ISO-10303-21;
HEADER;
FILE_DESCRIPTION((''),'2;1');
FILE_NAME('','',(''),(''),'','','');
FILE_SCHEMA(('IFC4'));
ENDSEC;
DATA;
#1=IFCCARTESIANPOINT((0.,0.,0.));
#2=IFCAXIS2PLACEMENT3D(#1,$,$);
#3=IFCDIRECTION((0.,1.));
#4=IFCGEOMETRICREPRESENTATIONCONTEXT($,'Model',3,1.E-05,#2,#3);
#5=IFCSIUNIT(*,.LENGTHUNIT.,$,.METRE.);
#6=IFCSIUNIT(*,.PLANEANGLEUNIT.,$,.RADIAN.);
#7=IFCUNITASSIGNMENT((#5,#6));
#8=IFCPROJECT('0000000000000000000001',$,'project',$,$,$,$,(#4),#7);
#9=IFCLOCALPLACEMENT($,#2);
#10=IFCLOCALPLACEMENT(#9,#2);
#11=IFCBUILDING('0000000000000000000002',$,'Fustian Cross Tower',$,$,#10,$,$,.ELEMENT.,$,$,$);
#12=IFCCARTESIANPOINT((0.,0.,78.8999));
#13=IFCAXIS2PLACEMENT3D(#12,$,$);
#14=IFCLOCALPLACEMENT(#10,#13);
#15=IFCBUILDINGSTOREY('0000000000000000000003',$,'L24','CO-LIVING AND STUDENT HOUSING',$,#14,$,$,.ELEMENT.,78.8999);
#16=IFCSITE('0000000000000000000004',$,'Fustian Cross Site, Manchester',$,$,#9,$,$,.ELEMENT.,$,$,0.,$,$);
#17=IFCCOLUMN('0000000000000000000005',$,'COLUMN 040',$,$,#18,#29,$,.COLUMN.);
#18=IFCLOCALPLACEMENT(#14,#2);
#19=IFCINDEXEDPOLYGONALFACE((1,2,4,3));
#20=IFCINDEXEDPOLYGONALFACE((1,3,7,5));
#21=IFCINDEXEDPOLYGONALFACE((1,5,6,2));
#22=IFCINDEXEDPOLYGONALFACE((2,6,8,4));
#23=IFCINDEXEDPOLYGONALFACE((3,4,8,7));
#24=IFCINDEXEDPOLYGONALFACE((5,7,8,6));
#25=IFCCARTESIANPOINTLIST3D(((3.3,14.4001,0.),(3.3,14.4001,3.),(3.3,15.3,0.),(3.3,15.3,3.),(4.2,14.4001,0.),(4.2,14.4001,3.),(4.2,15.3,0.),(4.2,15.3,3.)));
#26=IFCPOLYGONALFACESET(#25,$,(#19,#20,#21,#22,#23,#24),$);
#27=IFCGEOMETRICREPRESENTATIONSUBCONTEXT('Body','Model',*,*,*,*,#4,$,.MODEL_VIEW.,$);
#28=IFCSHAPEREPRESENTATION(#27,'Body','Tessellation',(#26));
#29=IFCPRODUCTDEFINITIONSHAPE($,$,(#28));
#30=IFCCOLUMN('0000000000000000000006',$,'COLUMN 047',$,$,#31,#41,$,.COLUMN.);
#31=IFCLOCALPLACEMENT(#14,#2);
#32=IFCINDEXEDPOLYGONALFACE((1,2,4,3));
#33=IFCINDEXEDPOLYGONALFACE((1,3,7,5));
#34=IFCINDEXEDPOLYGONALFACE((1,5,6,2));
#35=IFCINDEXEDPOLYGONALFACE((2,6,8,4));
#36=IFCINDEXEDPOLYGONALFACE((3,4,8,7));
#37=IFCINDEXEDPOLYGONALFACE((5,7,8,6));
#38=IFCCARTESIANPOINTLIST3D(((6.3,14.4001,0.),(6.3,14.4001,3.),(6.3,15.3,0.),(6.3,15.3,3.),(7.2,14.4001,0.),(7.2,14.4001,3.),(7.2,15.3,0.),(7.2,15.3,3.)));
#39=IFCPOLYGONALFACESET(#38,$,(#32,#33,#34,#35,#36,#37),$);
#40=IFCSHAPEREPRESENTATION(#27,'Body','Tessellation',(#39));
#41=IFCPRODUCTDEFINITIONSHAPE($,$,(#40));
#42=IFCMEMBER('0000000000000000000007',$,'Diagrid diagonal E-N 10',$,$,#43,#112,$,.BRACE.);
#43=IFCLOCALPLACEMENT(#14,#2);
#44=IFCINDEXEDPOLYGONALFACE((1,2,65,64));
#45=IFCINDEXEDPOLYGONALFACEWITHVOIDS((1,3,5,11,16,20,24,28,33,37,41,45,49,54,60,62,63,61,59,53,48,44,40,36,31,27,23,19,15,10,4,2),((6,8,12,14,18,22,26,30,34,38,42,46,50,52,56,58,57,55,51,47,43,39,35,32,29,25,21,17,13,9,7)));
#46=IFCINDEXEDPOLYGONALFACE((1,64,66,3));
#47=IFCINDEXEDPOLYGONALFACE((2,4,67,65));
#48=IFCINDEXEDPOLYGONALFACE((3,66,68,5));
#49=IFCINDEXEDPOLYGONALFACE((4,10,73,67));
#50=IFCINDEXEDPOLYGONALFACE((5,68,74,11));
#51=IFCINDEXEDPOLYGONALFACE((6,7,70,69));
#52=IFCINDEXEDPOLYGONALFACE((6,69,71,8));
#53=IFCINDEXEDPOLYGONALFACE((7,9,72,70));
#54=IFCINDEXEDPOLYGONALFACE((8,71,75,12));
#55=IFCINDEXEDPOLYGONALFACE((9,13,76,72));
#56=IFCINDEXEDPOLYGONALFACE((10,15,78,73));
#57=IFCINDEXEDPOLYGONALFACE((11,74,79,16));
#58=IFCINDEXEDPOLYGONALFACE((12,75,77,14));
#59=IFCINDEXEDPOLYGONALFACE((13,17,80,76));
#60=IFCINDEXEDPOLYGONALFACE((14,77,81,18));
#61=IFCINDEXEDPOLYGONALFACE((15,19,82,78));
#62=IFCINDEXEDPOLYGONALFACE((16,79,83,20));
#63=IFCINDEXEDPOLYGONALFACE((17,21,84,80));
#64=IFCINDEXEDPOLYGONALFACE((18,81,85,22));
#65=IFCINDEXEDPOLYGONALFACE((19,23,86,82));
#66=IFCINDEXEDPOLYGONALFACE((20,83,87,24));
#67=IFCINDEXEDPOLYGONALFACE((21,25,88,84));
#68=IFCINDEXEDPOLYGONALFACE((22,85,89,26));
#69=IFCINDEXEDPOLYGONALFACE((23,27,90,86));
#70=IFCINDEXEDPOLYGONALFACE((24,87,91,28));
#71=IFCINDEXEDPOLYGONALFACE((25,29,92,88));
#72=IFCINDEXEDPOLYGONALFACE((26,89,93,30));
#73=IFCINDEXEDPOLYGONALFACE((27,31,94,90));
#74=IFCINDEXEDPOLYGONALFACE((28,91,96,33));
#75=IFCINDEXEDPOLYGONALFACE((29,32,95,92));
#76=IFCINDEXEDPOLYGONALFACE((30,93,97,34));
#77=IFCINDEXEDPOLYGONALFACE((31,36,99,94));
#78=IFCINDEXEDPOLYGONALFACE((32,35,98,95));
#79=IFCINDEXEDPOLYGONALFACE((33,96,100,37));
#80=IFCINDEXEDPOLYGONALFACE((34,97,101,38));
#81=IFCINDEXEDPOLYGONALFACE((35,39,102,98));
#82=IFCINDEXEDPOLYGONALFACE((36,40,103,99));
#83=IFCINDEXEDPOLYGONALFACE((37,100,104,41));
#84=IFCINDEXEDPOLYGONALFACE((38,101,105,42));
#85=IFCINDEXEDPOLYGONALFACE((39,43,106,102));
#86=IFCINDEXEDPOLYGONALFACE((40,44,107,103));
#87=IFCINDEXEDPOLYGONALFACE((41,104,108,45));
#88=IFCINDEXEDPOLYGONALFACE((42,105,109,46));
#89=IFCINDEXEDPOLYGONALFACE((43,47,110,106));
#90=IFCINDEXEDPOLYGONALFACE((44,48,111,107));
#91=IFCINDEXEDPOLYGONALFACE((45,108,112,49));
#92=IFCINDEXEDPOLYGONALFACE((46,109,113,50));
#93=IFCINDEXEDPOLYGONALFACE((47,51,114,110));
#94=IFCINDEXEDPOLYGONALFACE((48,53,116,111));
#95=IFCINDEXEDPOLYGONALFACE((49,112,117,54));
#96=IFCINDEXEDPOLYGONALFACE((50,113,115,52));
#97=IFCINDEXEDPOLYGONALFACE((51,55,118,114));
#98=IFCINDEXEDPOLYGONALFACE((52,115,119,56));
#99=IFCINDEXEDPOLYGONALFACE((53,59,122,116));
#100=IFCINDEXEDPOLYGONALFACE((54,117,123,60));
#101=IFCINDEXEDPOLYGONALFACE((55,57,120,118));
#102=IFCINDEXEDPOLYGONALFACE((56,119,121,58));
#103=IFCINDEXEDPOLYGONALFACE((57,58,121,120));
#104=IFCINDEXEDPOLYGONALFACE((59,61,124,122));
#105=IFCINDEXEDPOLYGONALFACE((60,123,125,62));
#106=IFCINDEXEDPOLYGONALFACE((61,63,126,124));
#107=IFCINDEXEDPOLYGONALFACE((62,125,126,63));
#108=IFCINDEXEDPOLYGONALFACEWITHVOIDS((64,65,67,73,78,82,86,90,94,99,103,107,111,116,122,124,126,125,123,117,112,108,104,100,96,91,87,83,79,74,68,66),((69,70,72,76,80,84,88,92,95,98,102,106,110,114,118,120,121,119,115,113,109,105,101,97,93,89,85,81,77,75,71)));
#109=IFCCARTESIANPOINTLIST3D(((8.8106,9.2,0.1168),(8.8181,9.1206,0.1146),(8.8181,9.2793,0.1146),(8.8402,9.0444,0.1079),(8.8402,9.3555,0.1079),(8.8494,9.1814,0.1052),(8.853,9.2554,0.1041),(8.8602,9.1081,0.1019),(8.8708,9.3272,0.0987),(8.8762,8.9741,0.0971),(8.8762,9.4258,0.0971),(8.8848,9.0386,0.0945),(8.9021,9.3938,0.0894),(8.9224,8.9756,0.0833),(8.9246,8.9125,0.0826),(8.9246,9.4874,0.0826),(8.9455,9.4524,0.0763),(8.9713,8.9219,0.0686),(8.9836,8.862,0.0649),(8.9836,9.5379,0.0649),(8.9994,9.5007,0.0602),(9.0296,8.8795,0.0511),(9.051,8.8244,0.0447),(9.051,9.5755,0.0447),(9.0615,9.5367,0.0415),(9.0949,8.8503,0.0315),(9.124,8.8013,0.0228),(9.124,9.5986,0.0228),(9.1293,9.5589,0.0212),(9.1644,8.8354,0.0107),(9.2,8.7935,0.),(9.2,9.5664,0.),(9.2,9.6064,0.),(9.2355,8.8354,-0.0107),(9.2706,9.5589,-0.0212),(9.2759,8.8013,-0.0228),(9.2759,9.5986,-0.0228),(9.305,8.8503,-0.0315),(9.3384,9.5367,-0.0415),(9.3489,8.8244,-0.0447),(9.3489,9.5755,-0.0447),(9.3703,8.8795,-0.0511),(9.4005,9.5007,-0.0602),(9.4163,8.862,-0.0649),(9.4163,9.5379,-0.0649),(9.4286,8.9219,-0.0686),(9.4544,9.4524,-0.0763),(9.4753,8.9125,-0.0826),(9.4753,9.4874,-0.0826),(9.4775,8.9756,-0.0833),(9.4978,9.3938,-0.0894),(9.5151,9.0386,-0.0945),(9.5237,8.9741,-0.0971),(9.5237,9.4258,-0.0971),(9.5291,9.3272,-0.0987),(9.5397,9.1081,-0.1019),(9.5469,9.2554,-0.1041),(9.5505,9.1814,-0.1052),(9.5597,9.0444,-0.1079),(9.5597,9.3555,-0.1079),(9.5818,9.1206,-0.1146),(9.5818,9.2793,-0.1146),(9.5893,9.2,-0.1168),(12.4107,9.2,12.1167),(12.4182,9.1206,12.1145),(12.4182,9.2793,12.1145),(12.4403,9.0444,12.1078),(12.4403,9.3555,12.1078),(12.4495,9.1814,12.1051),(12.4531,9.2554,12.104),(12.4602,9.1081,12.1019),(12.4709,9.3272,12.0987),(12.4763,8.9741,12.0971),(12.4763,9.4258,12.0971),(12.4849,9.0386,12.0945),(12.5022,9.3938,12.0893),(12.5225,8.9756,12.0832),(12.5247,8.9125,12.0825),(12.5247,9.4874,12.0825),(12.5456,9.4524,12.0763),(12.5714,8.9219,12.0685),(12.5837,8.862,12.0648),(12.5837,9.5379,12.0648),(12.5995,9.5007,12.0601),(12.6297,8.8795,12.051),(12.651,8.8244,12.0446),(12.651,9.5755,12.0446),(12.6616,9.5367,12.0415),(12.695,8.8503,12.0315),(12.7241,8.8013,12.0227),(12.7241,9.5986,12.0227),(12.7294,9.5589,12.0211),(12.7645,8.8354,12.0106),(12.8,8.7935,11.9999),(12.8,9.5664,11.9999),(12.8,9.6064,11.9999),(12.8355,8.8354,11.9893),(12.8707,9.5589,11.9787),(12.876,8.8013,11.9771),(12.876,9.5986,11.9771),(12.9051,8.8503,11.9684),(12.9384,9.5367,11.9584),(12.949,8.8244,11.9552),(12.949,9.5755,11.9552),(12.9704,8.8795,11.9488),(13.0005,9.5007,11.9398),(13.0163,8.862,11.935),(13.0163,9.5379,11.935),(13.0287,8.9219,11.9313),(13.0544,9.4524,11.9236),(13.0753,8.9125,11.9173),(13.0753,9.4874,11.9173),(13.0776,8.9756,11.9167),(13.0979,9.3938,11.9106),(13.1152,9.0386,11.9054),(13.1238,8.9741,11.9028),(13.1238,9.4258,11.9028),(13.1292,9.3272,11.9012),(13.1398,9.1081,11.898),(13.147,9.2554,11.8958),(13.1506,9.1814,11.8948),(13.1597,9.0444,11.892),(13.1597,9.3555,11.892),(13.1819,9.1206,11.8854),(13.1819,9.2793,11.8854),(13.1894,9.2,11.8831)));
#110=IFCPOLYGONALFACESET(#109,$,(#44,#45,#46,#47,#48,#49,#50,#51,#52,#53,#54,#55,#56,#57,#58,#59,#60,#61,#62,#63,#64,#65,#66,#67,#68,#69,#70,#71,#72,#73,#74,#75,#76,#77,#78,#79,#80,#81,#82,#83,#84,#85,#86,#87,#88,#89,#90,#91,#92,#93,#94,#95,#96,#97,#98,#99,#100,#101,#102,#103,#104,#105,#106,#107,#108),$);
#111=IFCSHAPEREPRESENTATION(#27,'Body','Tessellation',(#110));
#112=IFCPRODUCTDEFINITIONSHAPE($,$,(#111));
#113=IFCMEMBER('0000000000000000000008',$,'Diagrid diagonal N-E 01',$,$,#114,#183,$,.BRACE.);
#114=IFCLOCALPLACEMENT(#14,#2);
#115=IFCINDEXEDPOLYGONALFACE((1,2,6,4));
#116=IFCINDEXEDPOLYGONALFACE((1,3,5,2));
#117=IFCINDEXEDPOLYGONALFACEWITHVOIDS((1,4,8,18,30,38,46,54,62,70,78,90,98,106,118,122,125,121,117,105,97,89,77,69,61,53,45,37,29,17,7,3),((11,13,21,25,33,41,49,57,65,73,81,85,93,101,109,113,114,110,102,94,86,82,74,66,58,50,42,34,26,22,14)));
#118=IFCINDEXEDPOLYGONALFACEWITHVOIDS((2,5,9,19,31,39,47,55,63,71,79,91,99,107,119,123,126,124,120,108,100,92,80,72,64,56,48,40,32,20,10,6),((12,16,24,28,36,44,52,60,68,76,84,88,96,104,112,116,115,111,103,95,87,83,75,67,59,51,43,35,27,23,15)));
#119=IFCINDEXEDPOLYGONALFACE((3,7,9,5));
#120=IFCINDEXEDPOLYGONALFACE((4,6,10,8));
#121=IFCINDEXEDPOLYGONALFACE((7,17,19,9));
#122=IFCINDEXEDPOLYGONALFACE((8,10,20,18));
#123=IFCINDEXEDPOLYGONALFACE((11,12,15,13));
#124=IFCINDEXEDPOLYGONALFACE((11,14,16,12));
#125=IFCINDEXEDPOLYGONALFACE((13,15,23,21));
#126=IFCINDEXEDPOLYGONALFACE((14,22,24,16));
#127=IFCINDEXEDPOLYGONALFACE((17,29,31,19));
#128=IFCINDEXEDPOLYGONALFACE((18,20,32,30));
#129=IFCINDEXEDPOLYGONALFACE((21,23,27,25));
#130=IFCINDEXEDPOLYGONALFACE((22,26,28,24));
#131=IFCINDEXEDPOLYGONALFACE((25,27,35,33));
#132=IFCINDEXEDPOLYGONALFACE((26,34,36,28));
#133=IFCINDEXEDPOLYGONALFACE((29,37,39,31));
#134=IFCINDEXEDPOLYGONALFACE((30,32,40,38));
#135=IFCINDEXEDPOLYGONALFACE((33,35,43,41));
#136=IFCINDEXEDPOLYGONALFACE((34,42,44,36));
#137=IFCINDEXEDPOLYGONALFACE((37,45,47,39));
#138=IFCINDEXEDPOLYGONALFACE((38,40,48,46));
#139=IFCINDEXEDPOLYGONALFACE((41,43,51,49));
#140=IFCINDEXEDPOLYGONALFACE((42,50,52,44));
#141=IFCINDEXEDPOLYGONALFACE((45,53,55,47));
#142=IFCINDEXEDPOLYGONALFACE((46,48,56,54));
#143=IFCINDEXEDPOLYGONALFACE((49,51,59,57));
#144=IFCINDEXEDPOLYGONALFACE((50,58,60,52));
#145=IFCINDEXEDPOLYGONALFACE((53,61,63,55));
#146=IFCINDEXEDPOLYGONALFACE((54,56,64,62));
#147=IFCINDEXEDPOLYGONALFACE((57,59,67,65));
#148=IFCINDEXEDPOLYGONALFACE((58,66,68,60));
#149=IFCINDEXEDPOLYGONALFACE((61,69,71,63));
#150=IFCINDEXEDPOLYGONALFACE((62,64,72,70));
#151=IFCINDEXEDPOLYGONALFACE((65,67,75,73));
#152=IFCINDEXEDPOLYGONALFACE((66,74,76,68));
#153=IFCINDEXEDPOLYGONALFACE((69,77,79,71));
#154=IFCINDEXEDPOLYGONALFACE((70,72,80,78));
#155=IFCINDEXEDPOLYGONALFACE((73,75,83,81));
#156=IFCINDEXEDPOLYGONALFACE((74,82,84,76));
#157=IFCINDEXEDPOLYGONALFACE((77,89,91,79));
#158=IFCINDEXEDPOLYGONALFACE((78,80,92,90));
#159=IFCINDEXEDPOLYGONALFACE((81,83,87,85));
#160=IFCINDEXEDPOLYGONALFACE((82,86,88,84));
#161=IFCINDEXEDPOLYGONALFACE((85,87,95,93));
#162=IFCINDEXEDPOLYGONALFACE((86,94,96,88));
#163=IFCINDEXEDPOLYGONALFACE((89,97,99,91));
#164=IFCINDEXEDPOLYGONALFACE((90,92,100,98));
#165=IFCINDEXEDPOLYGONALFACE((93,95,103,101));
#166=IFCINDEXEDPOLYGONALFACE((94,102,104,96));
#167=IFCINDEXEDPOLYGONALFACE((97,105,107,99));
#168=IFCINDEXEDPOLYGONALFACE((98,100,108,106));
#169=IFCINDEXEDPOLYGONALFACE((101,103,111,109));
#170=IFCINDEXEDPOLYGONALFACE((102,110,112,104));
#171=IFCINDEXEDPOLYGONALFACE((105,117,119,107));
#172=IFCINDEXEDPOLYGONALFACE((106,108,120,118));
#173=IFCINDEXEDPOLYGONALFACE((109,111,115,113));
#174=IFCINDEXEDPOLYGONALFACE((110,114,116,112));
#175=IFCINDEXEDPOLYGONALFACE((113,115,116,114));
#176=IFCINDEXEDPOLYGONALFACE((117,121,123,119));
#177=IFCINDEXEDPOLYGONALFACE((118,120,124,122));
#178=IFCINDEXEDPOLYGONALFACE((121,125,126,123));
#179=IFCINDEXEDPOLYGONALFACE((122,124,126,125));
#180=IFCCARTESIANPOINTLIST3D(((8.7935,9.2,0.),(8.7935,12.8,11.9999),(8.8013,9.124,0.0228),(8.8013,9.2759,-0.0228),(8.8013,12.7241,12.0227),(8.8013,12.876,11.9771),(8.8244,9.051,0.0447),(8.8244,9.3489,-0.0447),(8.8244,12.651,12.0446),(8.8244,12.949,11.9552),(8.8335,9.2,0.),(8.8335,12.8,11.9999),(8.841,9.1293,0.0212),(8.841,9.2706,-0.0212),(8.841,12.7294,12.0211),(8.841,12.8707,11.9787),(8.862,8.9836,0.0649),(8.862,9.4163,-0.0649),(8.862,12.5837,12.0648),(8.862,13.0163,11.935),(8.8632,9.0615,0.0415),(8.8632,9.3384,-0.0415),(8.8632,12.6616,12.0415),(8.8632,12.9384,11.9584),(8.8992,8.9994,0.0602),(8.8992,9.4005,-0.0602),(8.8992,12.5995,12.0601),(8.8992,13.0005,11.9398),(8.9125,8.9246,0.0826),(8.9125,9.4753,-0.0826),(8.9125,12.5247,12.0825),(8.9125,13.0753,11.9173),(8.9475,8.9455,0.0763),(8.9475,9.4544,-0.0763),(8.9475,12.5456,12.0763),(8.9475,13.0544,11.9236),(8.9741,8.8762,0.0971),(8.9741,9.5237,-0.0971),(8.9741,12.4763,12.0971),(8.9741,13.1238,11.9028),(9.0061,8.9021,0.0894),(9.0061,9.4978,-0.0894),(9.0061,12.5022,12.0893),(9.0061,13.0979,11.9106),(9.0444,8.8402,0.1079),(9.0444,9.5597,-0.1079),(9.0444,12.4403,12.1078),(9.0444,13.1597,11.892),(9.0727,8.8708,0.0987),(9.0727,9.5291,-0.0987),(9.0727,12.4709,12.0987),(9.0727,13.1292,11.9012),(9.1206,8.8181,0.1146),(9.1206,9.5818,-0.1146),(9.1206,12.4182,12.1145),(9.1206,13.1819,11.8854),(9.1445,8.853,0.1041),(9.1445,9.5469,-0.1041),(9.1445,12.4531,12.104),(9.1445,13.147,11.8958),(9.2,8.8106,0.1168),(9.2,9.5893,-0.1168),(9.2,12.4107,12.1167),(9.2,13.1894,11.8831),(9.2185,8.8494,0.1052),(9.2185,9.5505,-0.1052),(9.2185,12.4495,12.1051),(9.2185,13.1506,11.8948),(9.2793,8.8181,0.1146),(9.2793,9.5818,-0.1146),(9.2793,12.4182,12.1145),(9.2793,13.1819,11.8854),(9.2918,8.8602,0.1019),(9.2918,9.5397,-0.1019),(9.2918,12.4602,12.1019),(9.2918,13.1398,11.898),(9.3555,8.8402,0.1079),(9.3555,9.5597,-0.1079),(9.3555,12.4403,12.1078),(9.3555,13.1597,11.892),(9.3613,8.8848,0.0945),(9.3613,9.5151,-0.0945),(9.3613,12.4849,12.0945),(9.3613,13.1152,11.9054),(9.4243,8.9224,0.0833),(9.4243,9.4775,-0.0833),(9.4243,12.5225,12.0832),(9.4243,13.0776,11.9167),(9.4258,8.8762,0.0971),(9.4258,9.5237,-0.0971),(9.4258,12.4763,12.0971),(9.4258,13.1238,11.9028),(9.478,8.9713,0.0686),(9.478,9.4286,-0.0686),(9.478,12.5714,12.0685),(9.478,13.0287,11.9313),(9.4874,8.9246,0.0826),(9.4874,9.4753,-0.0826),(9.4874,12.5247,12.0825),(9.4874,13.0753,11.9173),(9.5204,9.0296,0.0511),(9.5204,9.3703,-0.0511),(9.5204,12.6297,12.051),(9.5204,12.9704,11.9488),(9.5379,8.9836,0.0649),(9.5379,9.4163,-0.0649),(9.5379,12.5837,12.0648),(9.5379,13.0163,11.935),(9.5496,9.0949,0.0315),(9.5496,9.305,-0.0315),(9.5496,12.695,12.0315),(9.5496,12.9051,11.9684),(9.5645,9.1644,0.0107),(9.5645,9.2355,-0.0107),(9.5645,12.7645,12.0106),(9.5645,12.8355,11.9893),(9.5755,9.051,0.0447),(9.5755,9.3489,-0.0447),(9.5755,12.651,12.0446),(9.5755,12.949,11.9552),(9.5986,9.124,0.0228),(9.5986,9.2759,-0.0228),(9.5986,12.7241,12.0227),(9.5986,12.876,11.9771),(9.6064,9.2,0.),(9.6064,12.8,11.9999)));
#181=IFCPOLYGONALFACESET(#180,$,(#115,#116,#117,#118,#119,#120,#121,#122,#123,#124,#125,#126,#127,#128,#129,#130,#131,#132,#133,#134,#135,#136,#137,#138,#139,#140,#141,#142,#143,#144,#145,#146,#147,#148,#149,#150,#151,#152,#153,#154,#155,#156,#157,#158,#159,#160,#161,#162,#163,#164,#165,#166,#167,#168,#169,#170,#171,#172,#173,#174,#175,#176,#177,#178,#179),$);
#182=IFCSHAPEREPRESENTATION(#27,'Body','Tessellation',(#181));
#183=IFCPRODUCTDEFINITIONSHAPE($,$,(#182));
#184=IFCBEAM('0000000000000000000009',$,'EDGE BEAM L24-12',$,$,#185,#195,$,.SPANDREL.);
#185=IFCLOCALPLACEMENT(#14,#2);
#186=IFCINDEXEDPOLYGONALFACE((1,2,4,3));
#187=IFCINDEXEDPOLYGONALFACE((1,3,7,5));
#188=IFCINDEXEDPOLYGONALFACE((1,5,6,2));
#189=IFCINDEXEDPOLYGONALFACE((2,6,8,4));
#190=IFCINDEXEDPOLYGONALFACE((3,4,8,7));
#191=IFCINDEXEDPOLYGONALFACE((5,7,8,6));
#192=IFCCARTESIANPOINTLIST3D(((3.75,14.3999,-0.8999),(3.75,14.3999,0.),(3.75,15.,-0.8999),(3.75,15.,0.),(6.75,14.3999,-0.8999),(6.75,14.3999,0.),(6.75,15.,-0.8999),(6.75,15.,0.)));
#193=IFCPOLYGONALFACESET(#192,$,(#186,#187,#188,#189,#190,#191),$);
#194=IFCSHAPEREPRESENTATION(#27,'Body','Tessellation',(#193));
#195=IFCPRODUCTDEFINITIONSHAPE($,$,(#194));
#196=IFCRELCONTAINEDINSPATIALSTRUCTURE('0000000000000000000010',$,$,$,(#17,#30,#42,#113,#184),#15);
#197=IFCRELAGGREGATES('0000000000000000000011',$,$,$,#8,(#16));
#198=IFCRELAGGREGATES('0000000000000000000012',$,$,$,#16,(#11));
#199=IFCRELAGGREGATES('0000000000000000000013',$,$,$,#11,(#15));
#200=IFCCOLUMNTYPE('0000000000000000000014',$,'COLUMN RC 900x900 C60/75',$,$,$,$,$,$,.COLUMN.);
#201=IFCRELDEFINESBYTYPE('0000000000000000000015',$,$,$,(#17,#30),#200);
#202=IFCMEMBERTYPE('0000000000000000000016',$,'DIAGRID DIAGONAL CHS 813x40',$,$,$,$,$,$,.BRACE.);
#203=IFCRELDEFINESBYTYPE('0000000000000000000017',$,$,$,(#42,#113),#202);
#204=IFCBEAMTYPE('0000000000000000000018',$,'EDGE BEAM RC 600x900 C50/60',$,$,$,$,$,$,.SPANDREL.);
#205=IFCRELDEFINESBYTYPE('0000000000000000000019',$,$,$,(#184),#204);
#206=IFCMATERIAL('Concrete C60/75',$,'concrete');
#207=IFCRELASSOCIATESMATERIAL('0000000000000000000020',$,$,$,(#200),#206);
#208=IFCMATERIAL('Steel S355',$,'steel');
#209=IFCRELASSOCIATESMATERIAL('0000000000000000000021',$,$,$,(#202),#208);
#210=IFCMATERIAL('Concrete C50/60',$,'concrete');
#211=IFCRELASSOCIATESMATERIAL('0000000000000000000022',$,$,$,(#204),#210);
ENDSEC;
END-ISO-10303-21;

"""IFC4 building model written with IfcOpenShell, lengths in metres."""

from ifc_helpers import new_model, si_unit, direction, frame, origin, origin_2d, place, context, subcontext, project, spatial, rectangle, hollow_circle, extrude, material, material_profile, profile_set, type_object, element, save


model = new_model("IFC4")

# Units and contexts
model_context = context("Model", 3, precision=1e-05, world=origin(), true_north=direction((0.0, 1.0)))
body_context = subcontext(model_context, "Body", "Model", "MODEL_VIEW")
ifc_project = project(units=[si_unit("LENGTHUNIT", "METRE"), si_unit("PLANEANGLEUNIT", "RADIAN")], contexts=[model_context])

# Site, building, storey
site_placement = place(None, origin())
site = spatial("IfcSite", under=ifc_project, at=site_placement, Name="Fustian Cross Site, Manchester", CompositionType="ELEMENT", RefElevation=0.0)
building_placement = place(site_placement, origin())
building = spatial("IfcBuilding", under=site, at=building_placement, Name="Fustian Cross Tower", CompositionType="ELEMENT")
storey_placement = place(building_placement, frame((0.0, 0.0, 78.8999)))
storey = spatial("IfcBuildingStorey", under=building, at=storey_placement, Name="L24", Description="CO-LIVING AND STUDENT HOUSING", CompositionType="ELEMENT", Elevation=78.8999)

# Columns
ifc_material_1 = material(Name="Concrete C60/75", Category="concrete")
ifc_material_profile_1 = material_profile(ifc_material_1, rectangle(XDim=0.8999, YDim=0.8999, at=origin_2d()), Name="RC 900x900")
ifc_profile_set_1 = profile_set([ifc_material_profile_1], Name="Concrete C60/75")
column_type = type_object("IfcColumnType", Name="COLUMN RC 900x900 C60/75", PredefinedType="COLUMN", material=ifc_profile_set_1)
for number, where, z_axis, x_axis, name in (
    (1, (3.75, 14.8501, 0.0), (0.0, 0.0, 1.0), (1.0, 0.0, 0.0), "COLUMN 040"),
    (2, (6.75, 14.8501, 0.0), (0.0, 0.0, 1.0), (1.0, 0.0, 0.0), "COLUMN 047"),
):
    element("IfcColumn", number, at=place(storey_placement, frame(where, z_axis=z_axis, x_axis=x_axis)), inside=storey, type_object=column_type, Name=name, PredefinedType="COLUMN", context=body_context, shape_type="SweptSolid", body=[
        extrude(rectangle(XDim=0.8999, YDim=0.8999, at=origin_2d()), origin(), (0.0, 0.0, 1.0), 3.0),
    ])

# Members
ifc_material_2 = material(Name="Steel S355", Category="steel")
ifc_material_profile_2 = material_profile(ifc_material_2, hollow_circle(Radius=0.4065, WallThickness=0.04, at=origin_2d()), Name="CHS 813x40")
ifc_profile_set_2 = profile_set([ifc_material_profile_2], Name="Steel S355")
member_type = type_object("IfcMemberType", Name="DIAGRID DIAGONAL CHS 813x40", PredefinedType="BRACE", material=ifc_profile_set_2)
for number, where, z_axis, x_axis, name in (
    (3, (9.2, 9.2, 0.0), (0.287355, 0.0, 0.957824), (0.0, 1.0, 0.0), "Diagrid diagonal E-N 10"),
    (4, (9.2, 9.2, 0.0), (0.0, 0.287355, 0.957824), (-1.0, 0.0, 0.0), "Diagrid diagonal N-E 01"),
):
    element("IfcMember", number, at=place(storey_placement, frame(where, z_axis=z_axis, x_axis=x_axis)), inside=storey, type_object=member_type, Name=name, PredefinedType="BRACE", context=body_context, shape_type="SweptSolid", body=[
        extrude(hollow_circle(Radius=0.4065, WallThickness=0.04, at=origin_2d()), origin(), (0.0, 0.0, 1.0), 12.5283),
    ])

# Beam
ifc_material_3 = material(Name="Concrete C50/60", Category="concrete")
ifc_material_profile_3 = material_profile(ifc_material_3, rectangle(XDim=0.6001, YDim=0.8999, at=origin_2d()), Name="RC 600x900")
ifc_profile_set_3 = profile_set([ifc_material_profile_3], Name="Concrete C50/60")
beam_type = type_object("IfcBeamType", Name="EDGE BEAM RC 600x900 C50/60", PredefinedType="SPANDREL", material=ifc_profile_set_3)
beam_placement = place(storey_placement, frame((3.75, 14.7, -0.45), z_axis=(1.0, 0.0, 0.0), x_axis=(0.0, 1.0, 0.0)))
element("IfcBeam", 5, at=beam_placement, inside=storey, type_object=beam_type, Name="EDGE BEAM L24-12", PredefinedType="SPANDREL", context=body_context, shape_type="SweptSolid", body=[
    extrude(rectangle(XDim=0.6001, YDim=0.8999, at=origin_2d()), origin(), (0.0, 0.0, 1.0), 3.0),
])

save(model, "model.ifc")
